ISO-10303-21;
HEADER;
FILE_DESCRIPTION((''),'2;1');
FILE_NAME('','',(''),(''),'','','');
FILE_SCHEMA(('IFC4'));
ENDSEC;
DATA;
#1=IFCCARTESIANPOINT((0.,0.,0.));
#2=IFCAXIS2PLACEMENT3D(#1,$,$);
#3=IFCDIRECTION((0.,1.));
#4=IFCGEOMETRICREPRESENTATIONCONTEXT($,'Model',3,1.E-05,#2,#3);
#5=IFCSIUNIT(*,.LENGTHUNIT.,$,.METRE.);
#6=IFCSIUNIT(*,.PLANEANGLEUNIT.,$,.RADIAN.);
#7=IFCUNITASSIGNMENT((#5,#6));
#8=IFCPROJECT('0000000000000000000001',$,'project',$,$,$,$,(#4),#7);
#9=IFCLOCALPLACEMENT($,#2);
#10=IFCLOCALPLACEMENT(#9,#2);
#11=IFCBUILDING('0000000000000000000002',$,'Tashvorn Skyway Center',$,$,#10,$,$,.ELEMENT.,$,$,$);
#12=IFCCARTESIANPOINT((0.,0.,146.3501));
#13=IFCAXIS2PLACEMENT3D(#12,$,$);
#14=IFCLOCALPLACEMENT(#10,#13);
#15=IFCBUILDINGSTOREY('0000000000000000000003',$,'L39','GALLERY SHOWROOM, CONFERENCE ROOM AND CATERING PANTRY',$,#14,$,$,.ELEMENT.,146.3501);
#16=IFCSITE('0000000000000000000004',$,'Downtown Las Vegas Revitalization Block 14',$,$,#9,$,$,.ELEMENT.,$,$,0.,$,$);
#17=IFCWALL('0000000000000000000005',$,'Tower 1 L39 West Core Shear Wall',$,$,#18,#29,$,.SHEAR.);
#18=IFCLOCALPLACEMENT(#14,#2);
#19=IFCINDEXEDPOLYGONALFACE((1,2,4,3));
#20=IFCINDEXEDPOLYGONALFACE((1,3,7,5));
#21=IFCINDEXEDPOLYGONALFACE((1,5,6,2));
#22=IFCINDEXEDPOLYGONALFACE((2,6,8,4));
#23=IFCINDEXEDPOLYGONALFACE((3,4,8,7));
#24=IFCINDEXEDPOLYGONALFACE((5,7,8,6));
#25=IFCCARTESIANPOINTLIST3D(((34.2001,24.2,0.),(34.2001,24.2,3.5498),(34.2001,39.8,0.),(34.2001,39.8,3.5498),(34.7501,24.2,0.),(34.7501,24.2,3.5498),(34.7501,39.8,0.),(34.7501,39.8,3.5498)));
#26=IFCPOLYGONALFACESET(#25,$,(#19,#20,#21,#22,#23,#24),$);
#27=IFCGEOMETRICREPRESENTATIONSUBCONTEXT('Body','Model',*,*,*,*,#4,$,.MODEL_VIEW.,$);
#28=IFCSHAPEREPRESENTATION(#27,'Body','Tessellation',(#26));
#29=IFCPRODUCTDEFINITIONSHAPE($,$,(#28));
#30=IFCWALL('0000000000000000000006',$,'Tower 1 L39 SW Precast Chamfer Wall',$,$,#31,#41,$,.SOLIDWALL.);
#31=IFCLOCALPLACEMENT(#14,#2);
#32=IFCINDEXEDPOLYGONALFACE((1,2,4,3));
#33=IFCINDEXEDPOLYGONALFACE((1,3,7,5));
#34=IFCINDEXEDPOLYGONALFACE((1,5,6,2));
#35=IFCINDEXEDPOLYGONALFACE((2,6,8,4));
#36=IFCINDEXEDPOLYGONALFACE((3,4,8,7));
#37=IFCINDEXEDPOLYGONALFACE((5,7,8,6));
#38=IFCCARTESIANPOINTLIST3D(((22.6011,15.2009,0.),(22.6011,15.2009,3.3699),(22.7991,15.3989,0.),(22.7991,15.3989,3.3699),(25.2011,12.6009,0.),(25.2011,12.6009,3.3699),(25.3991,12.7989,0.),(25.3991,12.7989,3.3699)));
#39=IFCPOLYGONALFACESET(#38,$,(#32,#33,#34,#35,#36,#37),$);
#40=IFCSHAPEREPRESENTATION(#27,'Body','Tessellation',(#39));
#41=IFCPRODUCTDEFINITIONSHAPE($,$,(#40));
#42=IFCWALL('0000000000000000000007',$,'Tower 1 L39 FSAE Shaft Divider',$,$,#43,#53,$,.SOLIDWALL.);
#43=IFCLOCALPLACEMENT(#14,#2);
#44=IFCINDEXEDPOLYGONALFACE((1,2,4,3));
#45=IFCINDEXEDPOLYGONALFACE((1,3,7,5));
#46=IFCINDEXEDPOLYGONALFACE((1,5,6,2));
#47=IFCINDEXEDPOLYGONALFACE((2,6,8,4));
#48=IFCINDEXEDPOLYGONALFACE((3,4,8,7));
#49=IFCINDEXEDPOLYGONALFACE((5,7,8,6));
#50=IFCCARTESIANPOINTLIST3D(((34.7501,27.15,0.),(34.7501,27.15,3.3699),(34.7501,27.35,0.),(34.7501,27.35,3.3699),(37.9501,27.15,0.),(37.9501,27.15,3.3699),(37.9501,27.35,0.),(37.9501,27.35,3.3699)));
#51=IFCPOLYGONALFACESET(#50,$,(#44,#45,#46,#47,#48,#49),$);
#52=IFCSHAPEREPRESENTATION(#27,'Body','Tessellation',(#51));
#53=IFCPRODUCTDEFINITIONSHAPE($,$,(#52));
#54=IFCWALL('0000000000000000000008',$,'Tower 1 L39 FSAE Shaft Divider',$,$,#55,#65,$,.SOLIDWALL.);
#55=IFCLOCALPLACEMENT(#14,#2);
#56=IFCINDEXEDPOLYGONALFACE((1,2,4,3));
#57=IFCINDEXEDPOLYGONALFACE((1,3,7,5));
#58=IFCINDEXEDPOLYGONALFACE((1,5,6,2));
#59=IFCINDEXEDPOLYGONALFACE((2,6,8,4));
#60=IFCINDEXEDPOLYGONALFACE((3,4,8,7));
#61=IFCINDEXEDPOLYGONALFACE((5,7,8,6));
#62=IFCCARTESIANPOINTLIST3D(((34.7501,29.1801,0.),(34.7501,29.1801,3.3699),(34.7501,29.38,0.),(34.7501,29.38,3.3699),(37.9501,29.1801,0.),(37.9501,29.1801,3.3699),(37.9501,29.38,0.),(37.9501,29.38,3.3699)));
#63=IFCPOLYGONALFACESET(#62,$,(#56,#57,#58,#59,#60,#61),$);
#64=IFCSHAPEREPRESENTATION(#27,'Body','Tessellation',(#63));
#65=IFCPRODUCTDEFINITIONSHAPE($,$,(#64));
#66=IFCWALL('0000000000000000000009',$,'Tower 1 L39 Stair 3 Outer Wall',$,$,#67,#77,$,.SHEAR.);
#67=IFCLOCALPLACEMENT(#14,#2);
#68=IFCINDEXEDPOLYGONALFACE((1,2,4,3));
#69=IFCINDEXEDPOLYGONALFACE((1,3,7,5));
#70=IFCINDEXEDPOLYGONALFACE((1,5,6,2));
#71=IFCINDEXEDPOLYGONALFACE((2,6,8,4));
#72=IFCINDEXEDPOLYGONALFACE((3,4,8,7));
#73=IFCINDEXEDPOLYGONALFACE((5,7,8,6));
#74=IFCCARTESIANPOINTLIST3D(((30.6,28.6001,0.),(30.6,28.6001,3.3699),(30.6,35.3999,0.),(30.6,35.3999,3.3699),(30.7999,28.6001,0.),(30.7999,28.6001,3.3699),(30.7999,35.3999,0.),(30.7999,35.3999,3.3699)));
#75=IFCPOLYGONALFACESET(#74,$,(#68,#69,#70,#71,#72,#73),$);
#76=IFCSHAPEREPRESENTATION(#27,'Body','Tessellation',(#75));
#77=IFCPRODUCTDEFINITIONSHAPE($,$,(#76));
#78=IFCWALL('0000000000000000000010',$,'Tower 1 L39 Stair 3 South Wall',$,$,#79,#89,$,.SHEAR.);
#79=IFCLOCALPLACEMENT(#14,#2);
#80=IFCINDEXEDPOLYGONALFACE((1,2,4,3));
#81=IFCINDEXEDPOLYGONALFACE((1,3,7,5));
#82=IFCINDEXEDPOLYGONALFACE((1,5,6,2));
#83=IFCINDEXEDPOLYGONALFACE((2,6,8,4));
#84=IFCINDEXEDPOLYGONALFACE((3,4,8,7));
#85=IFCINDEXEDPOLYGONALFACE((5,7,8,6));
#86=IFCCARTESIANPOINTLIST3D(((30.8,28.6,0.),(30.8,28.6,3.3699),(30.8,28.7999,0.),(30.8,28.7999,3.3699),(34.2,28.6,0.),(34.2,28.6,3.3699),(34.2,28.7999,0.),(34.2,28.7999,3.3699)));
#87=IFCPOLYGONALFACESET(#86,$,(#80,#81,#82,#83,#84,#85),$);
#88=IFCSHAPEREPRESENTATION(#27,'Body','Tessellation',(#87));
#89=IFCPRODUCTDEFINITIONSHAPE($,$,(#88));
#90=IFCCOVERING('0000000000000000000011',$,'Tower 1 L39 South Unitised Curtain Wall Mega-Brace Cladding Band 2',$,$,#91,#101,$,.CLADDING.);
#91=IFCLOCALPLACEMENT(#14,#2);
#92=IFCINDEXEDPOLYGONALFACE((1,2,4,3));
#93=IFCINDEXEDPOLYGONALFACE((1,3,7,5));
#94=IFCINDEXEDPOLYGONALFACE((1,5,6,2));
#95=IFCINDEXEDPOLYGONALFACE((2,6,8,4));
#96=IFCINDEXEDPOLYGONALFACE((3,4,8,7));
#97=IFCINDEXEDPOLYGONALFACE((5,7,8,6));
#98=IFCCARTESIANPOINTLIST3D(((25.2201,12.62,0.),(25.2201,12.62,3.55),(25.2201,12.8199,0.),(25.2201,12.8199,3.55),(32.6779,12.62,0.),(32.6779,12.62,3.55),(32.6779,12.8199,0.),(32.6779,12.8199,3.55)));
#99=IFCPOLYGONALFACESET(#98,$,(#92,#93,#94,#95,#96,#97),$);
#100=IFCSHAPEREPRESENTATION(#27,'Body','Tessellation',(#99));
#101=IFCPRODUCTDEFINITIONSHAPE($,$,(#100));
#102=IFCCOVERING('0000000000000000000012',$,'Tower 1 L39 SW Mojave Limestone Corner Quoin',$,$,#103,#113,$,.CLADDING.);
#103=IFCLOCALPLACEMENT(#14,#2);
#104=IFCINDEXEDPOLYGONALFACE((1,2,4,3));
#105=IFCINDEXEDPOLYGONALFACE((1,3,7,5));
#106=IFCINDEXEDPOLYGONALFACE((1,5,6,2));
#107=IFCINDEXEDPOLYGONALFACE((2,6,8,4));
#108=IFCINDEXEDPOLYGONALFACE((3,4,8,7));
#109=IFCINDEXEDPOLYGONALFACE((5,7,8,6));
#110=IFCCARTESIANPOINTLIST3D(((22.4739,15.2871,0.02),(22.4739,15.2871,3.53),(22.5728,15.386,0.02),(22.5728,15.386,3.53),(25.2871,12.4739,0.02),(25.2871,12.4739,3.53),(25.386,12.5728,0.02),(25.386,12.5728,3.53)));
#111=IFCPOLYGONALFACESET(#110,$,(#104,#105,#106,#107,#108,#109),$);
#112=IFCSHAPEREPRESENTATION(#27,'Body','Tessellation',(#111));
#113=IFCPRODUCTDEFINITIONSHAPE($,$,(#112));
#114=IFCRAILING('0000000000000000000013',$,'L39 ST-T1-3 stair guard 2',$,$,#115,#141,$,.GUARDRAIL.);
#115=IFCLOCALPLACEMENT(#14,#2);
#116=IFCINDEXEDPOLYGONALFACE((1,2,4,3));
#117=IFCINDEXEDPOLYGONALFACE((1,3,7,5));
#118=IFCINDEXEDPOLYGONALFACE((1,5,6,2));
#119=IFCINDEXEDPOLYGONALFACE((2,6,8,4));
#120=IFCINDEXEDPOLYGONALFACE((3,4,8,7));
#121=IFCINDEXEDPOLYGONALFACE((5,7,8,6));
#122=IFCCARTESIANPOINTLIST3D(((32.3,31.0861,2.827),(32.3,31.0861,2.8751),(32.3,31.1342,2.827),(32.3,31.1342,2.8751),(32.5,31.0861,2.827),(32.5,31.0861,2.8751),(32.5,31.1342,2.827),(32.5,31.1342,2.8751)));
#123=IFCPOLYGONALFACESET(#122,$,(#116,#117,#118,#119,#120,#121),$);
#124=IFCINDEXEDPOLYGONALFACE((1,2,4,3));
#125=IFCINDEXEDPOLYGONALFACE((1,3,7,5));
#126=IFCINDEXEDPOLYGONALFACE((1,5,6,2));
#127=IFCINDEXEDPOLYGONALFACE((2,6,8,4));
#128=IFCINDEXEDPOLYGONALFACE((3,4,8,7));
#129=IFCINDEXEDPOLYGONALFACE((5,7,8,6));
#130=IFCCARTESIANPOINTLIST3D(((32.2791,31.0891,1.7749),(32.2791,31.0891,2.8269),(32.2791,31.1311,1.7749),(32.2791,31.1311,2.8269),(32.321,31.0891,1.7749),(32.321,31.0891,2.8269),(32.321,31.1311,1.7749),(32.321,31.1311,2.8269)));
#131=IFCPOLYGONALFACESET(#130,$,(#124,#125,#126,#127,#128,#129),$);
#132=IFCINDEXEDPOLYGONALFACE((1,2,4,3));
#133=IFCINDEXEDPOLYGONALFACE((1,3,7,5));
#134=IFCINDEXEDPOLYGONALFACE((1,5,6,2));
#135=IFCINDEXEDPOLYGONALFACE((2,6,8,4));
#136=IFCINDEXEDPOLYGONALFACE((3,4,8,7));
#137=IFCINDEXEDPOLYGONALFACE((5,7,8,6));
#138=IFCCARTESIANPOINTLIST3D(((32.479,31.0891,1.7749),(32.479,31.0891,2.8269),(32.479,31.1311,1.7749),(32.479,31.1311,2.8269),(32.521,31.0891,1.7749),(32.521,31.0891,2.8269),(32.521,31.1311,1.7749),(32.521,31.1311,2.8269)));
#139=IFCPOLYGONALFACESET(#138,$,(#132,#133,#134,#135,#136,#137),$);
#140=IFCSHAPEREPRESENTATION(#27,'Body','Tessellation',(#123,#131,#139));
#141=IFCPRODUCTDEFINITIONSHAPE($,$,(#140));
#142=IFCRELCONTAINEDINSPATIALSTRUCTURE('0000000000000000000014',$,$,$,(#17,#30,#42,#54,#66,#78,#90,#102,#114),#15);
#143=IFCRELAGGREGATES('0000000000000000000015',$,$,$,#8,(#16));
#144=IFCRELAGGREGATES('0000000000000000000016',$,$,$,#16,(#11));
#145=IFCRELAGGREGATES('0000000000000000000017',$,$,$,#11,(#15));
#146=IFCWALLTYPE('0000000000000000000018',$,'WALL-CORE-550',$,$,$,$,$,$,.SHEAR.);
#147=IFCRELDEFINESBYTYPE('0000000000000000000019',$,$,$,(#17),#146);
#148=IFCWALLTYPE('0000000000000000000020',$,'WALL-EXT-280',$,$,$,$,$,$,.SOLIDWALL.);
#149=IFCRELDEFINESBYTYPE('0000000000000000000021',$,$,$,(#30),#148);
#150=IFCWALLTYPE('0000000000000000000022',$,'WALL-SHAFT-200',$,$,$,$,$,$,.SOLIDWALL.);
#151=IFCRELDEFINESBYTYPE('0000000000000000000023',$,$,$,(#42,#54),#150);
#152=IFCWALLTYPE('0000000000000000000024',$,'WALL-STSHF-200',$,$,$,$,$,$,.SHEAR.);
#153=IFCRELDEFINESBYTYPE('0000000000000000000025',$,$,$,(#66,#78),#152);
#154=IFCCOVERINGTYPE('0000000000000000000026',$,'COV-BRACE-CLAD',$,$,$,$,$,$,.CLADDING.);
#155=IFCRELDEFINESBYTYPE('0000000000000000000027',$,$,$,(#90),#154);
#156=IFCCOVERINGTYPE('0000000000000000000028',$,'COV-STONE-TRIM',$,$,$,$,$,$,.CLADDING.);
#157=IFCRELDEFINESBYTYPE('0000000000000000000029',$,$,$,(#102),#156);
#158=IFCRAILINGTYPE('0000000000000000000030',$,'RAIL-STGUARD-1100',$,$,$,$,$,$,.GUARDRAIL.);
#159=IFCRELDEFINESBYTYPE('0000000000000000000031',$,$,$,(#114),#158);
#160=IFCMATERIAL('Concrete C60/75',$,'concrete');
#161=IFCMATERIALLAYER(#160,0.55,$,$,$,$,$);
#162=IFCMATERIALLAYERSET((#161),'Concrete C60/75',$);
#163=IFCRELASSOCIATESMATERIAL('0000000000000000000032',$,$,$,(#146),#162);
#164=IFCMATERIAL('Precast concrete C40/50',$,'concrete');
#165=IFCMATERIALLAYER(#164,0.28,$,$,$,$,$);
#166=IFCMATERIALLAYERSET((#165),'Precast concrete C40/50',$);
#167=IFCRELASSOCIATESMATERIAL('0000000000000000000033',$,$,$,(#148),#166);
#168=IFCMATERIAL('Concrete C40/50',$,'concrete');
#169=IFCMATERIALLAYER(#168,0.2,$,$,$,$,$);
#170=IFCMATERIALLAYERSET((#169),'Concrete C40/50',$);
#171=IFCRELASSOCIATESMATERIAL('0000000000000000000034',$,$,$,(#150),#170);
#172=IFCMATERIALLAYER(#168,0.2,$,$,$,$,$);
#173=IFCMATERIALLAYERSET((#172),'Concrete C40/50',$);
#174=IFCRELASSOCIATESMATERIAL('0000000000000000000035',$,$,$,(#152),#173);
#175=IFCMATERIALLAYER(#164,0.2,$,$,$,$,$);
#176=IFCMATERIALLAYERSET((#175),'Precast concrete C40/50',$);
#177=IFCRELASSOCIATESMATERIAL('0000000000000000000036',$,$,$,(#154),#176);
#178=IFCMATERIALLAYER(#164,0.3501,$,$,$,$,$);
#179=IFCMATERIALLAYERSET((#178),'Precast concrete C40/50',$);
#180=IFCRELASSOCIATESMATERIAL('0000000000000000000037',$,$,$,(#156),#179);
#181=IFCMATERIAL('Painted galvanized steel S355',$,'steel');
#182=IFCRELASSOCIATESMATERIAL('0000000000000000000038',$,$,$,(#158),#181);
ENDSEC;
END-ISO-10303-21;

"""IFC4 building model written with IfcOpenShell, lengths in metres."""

from ifc_helpers import new_model, si_unit, direction, frame, frame_2d, origin, origin_2d, place, context, subcontext, project, spatial, rectangle, extrude, material, layer, layer_set, type_object, element, save


model = new_model("IFC4")

# Units and contexts
model_context = context("Model", 3, precision=1e-05, world=origin(), true_north=direction((0.0, 1.0)))
body_context = subcontext(model_context, "Body", "Model", "MODEL_VIEW")
ifc_project = project(units=[si_unit("LENGTHUNIT", "METRE"), si_unit("PLANEANGLEUNIT", "RADIAN")], contexts=[model_context])

# Site, building, storey
site_placement = place(None, origin())
site = spatial("IfcSite", under=ifc_project, at=site_placement, Name="Downtown Las Vegas Revitalization Block 14", CompositionType="ELEMENT", RefElevation=0.0)
building_placement = place(site_placement, origin())
building = spatial("IfcBuilding", under=site, at=building_placement, Name="Tashvorn Skyway Center", CompositionType="ELEMENT")
storey_placement = place(building_placement, frame((0.0, 0.0, 146.3501)))
storey = spatial("IfcBuildingStorey", under=building, at=storey_placement, Name="L39", Description="GALLERY SHOWROOM, CONFERENCE ROOM AND CATERING PANTRY", CompositionType="ELEMENT", Elevation=146.3501)

# Walls
ifc_material_1 = material(Name="Concrete C60/75", Category="concrete")
ifc_layer_1 = layer(ifc_material_1, 0.55)
ifc_layer_set_1 = layer_set([ifc_layer_1], Name="Concrete C60/75")
wall_type_1 = type_object("IfcWallType", Name="WALL-CORE-550", PredefinedType="SHEAR", material=ifc_layer_set_1)
wall_1_placement = place(storey_placement, frame((34.4751, 24.2, 0.0), z_axis=(0.0, 0.0, 1.0), x_axis=(0.0, 1.0, 0.0)))
element("IfcWall", 1, at=wall_1_placement, inside=storey, type_object=wall_type_1, Name="Tower 1 L39 West Core Shear Wall", PredefinedType="SHEAR", context=body_context, shape_type="SweptSolid", body=[
    extrude(rectangle(XDim=15.6001, YDim=0.55, at=frame_2d((7.8, 0.0))), origin(), (0.0, 0.0, 1.0), 3.5498),
])
ifc_material_2 = material(Name="Precast concrete C40/50", Category="concrete")
ifc_layer_2 = layer(ifc_material_2, 0.28)
ifc_layer_set_2 = layer_set([ifc_layer_2], Name="Precast concrete C40/50")
wall_type_2 = type_object("IfcWallType", Name="WALL-EXT-280", PredefinedType="SOLIDWALL", material=ifc_layer_set_2)
wall_2_placement = place(storey_placement, frame((25.3, 12.7, 0.0), z_axis=(0.0, 0.0, 1.0), x_axis=(-0.707107, 0.707107, 0.0)))
element("IfcWall", 2, at=wall_2_placement, inside=storey, type_object=wall_type_2, Name="Tower 1 L39 SW Precast Chamfer Wall", PredefinedType="SOLIDWALL", context=body_context, shape_type="SweptSolid", body=[
    extrude(rectangle(XDim=3.677, YDim=0.28, at=frame_2d((1.8384, 0.0))), origin(), (0.0, 0.0, 1.0), 3.3699),
])
ifc_material_3 = material(Name="Concrete C40/50", Category="concrete")
ifc_layer_3 = layer(ifc_material_3, 0.2)
ifc_layer_set_3 = layer_set([ifc_layer_3], Name="Concrete C40/50")
wall_type_3 = type_object("IfcWallType", Name="WALL-SHAFT-200", PredefinedType="SOLIDWALL", material=ifc_layer_set_3)
for number, where, z_axis, x_axis, name in (
    (3, (34.75, 27.25, 0.0), (0.0, 0.0, 1.0), (1.0, 0.0, 0.0), "Tower 1 L39 FSAE Shaft Divider"),
    (4, (34.75, 29.28, 0.0), (0.0, 0.0, 1.0), (1.0, 0.0, 0.0), "Tower 1 L39 FSAE Shaft Divider"),
):
    element("IfcWall", number, at=place(storey_placement, frame(where, z_axis=z_axis, x_axis=x_axis)), inside=storey, type_object=wall_type_3, Name=name, PredefinedType="SOLIDWALL", context=body_context, shape_type="SweptSolid", body=[
        extrude(rectangle(XDim=3.2, YDim=0.2, at=frame_2d((1.6001, 0.0))), origin(), (0.0, 0.0, 1.0), 3.3699),
    ])
ifc_layer_4 = layer(ifc_material_3, 0.2)
ifc_layer_set_4 = layer_set([ifc_layer_4], Name="Concrete C40/50")
wall_type_4 = type_object("IfcWallType", Name="WALL-STSHF-200", PredefinedType="SHEAR", material=ifc_layer_set_4)
wall_3_placement = place(storey_placement, frame((30.7, 28.6001, 0.0), z_axis=(0.0, 0.0, 1.0), x_axis=(0.0, 1.0, 0.0)))
element("IfcWall", 5, at=wall_3_placement, inside=storey, type_object=wall_type_4, Name="Tower 1 L39 Stair 3 Outer Wall", PredefinedType="SHEAR", context=body_context, shape_type="SweptSolid", body=[
    extrude(rectangle(XDim=6.7998, YDim=0.2, at=frame_2d((3.3999, 0.0))), origin(), (0.0, 0.0, 1.0), 3.3699),
])
wall_4_placement = place(storey_placement, frame((30.8, 28.7, 0.0), z_axis=(0.0, 0.0, 1.0), x_axis=(1.0, 0.0, 0.0)))
element("IfcWall", 6, at=wall_4_placement, inside=storey, type_object=wall_type_4, Name="Tower 1 L39 Stair 3 South Wall", PredefinedType="SHEAR", context=body_context, shape_type="SweptSolid", body=[
    extrude(rectangle(XDim=3.3999, YDim=0.2, at=frame_2d((1.7, 0.0))), origin(), (0.0, 0.0, 1.0), 3.3699),
])

# Coverings
ifc_layer_5 = layer(ifc_material_2, 0.2)
ifc_layer_set_5 = layer_set([ifc_layer_5], Name="Precast concrete C40/50")
covering_type_1 = type_object("IfcCoveringType", Name="COV-BRACE-CLAD", PredefinedType="CLADDING", material=ifc_layer_set_5)
covering_1_placement = place(storey_placement, frame((28.949, 12.72, 0.0), z_axis=(0.0, 0.0, 1.0), x_axis=(-1.0, 0.0, 0.0)))
element("IfcCovering", 7, at=covering_1_placement, inside=storey, type_object=covering_type_1, Name="Tower 1 L39 South Unitised Curtain Wall Mega-Brace Cladding Band 2", PredefinedType="CLADDING", context=body_context, shape_type="SweptSolid", body=[
    extrude(rectangle(XDim=7.4578, YDim=0.2, at=origin_2d()), origin(), (0.0, 0.0, 1.0), 3.55),
])
ifc_layer_6 = layer(ifc_material_2, 0.3501)
ifc_layer_set_6 = layer_set([ifc_layer_6], Name="Precast concrete C40/50")
covering_type_2 = type_object("IfcCoveringType", Name="COV-STONE-TRIM", PredefinedType="CLADDING", material=ifc_layer_set_6)
covering_2_placement = place(storey_placement, frame((23.9299, 13.9299, 0.02), z_axis=(0.0, 0.0, 1.0), x_axis=(-0.707107, 0.707107, 0.0)))
element("IfcCovering", 8, at=covering_2_placement, inside=storey, type_object=covering_type_2, Name="Tower 1 L39 SW Mojave Limestone Corner Quoin", PredefinedType="CLADDING", context=body_context, shape_type="SweptSolid", body=[
    extrude(rectangle(XDim=3.9785, YDim=0.1399, at=origin_2d()), origin(), (0.0, 0.0, 1.0), 3.51),
])

# Railing
ifc_material_4 = material(Name="Painted galvanized steel S355", Category="steel")
railing_type = type_object("IfcRailingType", Name="RAIL-STGUARD-1100", PredefinedType="GUARDRAIL", material=ifc_material_4)
railing_placement = place(storey_placement, frame((32.3, 31.1101, 1.7749)))
element("IfcRailing", 9, at=railing_placement, inside=storey, type_object=railing_type, Name="L39 ST-T1-3 stair guard 2", PredefinedType="GUARDRAIL", context=body_context, shape_type="SweptSolid", body=[
    extrude(rectangle(XDim=0.0481, YDim=0.0481, at=origin_2d()), frame((0.0, 0.0, 1.0762), z_axis=(1.0, 0.0, 0.0), x_axis=(0.0, 1.0, 0.0)), (0.0, 0.0, 1.0), 0.2),
    extrude(rectangle(XDim=0.042, YDim=0.042, at=origin_2d()), origin(), (0.0, 0.0, 1.0), 1.052),
    extrude(rectangle(XDim=0.042, YDim=0.042, at=origin_2d()), frame((0.2, 0.0, 0.0)), (0.0, 0.0, 1.0), 1.052),
])

save(model, "model.ifc")
